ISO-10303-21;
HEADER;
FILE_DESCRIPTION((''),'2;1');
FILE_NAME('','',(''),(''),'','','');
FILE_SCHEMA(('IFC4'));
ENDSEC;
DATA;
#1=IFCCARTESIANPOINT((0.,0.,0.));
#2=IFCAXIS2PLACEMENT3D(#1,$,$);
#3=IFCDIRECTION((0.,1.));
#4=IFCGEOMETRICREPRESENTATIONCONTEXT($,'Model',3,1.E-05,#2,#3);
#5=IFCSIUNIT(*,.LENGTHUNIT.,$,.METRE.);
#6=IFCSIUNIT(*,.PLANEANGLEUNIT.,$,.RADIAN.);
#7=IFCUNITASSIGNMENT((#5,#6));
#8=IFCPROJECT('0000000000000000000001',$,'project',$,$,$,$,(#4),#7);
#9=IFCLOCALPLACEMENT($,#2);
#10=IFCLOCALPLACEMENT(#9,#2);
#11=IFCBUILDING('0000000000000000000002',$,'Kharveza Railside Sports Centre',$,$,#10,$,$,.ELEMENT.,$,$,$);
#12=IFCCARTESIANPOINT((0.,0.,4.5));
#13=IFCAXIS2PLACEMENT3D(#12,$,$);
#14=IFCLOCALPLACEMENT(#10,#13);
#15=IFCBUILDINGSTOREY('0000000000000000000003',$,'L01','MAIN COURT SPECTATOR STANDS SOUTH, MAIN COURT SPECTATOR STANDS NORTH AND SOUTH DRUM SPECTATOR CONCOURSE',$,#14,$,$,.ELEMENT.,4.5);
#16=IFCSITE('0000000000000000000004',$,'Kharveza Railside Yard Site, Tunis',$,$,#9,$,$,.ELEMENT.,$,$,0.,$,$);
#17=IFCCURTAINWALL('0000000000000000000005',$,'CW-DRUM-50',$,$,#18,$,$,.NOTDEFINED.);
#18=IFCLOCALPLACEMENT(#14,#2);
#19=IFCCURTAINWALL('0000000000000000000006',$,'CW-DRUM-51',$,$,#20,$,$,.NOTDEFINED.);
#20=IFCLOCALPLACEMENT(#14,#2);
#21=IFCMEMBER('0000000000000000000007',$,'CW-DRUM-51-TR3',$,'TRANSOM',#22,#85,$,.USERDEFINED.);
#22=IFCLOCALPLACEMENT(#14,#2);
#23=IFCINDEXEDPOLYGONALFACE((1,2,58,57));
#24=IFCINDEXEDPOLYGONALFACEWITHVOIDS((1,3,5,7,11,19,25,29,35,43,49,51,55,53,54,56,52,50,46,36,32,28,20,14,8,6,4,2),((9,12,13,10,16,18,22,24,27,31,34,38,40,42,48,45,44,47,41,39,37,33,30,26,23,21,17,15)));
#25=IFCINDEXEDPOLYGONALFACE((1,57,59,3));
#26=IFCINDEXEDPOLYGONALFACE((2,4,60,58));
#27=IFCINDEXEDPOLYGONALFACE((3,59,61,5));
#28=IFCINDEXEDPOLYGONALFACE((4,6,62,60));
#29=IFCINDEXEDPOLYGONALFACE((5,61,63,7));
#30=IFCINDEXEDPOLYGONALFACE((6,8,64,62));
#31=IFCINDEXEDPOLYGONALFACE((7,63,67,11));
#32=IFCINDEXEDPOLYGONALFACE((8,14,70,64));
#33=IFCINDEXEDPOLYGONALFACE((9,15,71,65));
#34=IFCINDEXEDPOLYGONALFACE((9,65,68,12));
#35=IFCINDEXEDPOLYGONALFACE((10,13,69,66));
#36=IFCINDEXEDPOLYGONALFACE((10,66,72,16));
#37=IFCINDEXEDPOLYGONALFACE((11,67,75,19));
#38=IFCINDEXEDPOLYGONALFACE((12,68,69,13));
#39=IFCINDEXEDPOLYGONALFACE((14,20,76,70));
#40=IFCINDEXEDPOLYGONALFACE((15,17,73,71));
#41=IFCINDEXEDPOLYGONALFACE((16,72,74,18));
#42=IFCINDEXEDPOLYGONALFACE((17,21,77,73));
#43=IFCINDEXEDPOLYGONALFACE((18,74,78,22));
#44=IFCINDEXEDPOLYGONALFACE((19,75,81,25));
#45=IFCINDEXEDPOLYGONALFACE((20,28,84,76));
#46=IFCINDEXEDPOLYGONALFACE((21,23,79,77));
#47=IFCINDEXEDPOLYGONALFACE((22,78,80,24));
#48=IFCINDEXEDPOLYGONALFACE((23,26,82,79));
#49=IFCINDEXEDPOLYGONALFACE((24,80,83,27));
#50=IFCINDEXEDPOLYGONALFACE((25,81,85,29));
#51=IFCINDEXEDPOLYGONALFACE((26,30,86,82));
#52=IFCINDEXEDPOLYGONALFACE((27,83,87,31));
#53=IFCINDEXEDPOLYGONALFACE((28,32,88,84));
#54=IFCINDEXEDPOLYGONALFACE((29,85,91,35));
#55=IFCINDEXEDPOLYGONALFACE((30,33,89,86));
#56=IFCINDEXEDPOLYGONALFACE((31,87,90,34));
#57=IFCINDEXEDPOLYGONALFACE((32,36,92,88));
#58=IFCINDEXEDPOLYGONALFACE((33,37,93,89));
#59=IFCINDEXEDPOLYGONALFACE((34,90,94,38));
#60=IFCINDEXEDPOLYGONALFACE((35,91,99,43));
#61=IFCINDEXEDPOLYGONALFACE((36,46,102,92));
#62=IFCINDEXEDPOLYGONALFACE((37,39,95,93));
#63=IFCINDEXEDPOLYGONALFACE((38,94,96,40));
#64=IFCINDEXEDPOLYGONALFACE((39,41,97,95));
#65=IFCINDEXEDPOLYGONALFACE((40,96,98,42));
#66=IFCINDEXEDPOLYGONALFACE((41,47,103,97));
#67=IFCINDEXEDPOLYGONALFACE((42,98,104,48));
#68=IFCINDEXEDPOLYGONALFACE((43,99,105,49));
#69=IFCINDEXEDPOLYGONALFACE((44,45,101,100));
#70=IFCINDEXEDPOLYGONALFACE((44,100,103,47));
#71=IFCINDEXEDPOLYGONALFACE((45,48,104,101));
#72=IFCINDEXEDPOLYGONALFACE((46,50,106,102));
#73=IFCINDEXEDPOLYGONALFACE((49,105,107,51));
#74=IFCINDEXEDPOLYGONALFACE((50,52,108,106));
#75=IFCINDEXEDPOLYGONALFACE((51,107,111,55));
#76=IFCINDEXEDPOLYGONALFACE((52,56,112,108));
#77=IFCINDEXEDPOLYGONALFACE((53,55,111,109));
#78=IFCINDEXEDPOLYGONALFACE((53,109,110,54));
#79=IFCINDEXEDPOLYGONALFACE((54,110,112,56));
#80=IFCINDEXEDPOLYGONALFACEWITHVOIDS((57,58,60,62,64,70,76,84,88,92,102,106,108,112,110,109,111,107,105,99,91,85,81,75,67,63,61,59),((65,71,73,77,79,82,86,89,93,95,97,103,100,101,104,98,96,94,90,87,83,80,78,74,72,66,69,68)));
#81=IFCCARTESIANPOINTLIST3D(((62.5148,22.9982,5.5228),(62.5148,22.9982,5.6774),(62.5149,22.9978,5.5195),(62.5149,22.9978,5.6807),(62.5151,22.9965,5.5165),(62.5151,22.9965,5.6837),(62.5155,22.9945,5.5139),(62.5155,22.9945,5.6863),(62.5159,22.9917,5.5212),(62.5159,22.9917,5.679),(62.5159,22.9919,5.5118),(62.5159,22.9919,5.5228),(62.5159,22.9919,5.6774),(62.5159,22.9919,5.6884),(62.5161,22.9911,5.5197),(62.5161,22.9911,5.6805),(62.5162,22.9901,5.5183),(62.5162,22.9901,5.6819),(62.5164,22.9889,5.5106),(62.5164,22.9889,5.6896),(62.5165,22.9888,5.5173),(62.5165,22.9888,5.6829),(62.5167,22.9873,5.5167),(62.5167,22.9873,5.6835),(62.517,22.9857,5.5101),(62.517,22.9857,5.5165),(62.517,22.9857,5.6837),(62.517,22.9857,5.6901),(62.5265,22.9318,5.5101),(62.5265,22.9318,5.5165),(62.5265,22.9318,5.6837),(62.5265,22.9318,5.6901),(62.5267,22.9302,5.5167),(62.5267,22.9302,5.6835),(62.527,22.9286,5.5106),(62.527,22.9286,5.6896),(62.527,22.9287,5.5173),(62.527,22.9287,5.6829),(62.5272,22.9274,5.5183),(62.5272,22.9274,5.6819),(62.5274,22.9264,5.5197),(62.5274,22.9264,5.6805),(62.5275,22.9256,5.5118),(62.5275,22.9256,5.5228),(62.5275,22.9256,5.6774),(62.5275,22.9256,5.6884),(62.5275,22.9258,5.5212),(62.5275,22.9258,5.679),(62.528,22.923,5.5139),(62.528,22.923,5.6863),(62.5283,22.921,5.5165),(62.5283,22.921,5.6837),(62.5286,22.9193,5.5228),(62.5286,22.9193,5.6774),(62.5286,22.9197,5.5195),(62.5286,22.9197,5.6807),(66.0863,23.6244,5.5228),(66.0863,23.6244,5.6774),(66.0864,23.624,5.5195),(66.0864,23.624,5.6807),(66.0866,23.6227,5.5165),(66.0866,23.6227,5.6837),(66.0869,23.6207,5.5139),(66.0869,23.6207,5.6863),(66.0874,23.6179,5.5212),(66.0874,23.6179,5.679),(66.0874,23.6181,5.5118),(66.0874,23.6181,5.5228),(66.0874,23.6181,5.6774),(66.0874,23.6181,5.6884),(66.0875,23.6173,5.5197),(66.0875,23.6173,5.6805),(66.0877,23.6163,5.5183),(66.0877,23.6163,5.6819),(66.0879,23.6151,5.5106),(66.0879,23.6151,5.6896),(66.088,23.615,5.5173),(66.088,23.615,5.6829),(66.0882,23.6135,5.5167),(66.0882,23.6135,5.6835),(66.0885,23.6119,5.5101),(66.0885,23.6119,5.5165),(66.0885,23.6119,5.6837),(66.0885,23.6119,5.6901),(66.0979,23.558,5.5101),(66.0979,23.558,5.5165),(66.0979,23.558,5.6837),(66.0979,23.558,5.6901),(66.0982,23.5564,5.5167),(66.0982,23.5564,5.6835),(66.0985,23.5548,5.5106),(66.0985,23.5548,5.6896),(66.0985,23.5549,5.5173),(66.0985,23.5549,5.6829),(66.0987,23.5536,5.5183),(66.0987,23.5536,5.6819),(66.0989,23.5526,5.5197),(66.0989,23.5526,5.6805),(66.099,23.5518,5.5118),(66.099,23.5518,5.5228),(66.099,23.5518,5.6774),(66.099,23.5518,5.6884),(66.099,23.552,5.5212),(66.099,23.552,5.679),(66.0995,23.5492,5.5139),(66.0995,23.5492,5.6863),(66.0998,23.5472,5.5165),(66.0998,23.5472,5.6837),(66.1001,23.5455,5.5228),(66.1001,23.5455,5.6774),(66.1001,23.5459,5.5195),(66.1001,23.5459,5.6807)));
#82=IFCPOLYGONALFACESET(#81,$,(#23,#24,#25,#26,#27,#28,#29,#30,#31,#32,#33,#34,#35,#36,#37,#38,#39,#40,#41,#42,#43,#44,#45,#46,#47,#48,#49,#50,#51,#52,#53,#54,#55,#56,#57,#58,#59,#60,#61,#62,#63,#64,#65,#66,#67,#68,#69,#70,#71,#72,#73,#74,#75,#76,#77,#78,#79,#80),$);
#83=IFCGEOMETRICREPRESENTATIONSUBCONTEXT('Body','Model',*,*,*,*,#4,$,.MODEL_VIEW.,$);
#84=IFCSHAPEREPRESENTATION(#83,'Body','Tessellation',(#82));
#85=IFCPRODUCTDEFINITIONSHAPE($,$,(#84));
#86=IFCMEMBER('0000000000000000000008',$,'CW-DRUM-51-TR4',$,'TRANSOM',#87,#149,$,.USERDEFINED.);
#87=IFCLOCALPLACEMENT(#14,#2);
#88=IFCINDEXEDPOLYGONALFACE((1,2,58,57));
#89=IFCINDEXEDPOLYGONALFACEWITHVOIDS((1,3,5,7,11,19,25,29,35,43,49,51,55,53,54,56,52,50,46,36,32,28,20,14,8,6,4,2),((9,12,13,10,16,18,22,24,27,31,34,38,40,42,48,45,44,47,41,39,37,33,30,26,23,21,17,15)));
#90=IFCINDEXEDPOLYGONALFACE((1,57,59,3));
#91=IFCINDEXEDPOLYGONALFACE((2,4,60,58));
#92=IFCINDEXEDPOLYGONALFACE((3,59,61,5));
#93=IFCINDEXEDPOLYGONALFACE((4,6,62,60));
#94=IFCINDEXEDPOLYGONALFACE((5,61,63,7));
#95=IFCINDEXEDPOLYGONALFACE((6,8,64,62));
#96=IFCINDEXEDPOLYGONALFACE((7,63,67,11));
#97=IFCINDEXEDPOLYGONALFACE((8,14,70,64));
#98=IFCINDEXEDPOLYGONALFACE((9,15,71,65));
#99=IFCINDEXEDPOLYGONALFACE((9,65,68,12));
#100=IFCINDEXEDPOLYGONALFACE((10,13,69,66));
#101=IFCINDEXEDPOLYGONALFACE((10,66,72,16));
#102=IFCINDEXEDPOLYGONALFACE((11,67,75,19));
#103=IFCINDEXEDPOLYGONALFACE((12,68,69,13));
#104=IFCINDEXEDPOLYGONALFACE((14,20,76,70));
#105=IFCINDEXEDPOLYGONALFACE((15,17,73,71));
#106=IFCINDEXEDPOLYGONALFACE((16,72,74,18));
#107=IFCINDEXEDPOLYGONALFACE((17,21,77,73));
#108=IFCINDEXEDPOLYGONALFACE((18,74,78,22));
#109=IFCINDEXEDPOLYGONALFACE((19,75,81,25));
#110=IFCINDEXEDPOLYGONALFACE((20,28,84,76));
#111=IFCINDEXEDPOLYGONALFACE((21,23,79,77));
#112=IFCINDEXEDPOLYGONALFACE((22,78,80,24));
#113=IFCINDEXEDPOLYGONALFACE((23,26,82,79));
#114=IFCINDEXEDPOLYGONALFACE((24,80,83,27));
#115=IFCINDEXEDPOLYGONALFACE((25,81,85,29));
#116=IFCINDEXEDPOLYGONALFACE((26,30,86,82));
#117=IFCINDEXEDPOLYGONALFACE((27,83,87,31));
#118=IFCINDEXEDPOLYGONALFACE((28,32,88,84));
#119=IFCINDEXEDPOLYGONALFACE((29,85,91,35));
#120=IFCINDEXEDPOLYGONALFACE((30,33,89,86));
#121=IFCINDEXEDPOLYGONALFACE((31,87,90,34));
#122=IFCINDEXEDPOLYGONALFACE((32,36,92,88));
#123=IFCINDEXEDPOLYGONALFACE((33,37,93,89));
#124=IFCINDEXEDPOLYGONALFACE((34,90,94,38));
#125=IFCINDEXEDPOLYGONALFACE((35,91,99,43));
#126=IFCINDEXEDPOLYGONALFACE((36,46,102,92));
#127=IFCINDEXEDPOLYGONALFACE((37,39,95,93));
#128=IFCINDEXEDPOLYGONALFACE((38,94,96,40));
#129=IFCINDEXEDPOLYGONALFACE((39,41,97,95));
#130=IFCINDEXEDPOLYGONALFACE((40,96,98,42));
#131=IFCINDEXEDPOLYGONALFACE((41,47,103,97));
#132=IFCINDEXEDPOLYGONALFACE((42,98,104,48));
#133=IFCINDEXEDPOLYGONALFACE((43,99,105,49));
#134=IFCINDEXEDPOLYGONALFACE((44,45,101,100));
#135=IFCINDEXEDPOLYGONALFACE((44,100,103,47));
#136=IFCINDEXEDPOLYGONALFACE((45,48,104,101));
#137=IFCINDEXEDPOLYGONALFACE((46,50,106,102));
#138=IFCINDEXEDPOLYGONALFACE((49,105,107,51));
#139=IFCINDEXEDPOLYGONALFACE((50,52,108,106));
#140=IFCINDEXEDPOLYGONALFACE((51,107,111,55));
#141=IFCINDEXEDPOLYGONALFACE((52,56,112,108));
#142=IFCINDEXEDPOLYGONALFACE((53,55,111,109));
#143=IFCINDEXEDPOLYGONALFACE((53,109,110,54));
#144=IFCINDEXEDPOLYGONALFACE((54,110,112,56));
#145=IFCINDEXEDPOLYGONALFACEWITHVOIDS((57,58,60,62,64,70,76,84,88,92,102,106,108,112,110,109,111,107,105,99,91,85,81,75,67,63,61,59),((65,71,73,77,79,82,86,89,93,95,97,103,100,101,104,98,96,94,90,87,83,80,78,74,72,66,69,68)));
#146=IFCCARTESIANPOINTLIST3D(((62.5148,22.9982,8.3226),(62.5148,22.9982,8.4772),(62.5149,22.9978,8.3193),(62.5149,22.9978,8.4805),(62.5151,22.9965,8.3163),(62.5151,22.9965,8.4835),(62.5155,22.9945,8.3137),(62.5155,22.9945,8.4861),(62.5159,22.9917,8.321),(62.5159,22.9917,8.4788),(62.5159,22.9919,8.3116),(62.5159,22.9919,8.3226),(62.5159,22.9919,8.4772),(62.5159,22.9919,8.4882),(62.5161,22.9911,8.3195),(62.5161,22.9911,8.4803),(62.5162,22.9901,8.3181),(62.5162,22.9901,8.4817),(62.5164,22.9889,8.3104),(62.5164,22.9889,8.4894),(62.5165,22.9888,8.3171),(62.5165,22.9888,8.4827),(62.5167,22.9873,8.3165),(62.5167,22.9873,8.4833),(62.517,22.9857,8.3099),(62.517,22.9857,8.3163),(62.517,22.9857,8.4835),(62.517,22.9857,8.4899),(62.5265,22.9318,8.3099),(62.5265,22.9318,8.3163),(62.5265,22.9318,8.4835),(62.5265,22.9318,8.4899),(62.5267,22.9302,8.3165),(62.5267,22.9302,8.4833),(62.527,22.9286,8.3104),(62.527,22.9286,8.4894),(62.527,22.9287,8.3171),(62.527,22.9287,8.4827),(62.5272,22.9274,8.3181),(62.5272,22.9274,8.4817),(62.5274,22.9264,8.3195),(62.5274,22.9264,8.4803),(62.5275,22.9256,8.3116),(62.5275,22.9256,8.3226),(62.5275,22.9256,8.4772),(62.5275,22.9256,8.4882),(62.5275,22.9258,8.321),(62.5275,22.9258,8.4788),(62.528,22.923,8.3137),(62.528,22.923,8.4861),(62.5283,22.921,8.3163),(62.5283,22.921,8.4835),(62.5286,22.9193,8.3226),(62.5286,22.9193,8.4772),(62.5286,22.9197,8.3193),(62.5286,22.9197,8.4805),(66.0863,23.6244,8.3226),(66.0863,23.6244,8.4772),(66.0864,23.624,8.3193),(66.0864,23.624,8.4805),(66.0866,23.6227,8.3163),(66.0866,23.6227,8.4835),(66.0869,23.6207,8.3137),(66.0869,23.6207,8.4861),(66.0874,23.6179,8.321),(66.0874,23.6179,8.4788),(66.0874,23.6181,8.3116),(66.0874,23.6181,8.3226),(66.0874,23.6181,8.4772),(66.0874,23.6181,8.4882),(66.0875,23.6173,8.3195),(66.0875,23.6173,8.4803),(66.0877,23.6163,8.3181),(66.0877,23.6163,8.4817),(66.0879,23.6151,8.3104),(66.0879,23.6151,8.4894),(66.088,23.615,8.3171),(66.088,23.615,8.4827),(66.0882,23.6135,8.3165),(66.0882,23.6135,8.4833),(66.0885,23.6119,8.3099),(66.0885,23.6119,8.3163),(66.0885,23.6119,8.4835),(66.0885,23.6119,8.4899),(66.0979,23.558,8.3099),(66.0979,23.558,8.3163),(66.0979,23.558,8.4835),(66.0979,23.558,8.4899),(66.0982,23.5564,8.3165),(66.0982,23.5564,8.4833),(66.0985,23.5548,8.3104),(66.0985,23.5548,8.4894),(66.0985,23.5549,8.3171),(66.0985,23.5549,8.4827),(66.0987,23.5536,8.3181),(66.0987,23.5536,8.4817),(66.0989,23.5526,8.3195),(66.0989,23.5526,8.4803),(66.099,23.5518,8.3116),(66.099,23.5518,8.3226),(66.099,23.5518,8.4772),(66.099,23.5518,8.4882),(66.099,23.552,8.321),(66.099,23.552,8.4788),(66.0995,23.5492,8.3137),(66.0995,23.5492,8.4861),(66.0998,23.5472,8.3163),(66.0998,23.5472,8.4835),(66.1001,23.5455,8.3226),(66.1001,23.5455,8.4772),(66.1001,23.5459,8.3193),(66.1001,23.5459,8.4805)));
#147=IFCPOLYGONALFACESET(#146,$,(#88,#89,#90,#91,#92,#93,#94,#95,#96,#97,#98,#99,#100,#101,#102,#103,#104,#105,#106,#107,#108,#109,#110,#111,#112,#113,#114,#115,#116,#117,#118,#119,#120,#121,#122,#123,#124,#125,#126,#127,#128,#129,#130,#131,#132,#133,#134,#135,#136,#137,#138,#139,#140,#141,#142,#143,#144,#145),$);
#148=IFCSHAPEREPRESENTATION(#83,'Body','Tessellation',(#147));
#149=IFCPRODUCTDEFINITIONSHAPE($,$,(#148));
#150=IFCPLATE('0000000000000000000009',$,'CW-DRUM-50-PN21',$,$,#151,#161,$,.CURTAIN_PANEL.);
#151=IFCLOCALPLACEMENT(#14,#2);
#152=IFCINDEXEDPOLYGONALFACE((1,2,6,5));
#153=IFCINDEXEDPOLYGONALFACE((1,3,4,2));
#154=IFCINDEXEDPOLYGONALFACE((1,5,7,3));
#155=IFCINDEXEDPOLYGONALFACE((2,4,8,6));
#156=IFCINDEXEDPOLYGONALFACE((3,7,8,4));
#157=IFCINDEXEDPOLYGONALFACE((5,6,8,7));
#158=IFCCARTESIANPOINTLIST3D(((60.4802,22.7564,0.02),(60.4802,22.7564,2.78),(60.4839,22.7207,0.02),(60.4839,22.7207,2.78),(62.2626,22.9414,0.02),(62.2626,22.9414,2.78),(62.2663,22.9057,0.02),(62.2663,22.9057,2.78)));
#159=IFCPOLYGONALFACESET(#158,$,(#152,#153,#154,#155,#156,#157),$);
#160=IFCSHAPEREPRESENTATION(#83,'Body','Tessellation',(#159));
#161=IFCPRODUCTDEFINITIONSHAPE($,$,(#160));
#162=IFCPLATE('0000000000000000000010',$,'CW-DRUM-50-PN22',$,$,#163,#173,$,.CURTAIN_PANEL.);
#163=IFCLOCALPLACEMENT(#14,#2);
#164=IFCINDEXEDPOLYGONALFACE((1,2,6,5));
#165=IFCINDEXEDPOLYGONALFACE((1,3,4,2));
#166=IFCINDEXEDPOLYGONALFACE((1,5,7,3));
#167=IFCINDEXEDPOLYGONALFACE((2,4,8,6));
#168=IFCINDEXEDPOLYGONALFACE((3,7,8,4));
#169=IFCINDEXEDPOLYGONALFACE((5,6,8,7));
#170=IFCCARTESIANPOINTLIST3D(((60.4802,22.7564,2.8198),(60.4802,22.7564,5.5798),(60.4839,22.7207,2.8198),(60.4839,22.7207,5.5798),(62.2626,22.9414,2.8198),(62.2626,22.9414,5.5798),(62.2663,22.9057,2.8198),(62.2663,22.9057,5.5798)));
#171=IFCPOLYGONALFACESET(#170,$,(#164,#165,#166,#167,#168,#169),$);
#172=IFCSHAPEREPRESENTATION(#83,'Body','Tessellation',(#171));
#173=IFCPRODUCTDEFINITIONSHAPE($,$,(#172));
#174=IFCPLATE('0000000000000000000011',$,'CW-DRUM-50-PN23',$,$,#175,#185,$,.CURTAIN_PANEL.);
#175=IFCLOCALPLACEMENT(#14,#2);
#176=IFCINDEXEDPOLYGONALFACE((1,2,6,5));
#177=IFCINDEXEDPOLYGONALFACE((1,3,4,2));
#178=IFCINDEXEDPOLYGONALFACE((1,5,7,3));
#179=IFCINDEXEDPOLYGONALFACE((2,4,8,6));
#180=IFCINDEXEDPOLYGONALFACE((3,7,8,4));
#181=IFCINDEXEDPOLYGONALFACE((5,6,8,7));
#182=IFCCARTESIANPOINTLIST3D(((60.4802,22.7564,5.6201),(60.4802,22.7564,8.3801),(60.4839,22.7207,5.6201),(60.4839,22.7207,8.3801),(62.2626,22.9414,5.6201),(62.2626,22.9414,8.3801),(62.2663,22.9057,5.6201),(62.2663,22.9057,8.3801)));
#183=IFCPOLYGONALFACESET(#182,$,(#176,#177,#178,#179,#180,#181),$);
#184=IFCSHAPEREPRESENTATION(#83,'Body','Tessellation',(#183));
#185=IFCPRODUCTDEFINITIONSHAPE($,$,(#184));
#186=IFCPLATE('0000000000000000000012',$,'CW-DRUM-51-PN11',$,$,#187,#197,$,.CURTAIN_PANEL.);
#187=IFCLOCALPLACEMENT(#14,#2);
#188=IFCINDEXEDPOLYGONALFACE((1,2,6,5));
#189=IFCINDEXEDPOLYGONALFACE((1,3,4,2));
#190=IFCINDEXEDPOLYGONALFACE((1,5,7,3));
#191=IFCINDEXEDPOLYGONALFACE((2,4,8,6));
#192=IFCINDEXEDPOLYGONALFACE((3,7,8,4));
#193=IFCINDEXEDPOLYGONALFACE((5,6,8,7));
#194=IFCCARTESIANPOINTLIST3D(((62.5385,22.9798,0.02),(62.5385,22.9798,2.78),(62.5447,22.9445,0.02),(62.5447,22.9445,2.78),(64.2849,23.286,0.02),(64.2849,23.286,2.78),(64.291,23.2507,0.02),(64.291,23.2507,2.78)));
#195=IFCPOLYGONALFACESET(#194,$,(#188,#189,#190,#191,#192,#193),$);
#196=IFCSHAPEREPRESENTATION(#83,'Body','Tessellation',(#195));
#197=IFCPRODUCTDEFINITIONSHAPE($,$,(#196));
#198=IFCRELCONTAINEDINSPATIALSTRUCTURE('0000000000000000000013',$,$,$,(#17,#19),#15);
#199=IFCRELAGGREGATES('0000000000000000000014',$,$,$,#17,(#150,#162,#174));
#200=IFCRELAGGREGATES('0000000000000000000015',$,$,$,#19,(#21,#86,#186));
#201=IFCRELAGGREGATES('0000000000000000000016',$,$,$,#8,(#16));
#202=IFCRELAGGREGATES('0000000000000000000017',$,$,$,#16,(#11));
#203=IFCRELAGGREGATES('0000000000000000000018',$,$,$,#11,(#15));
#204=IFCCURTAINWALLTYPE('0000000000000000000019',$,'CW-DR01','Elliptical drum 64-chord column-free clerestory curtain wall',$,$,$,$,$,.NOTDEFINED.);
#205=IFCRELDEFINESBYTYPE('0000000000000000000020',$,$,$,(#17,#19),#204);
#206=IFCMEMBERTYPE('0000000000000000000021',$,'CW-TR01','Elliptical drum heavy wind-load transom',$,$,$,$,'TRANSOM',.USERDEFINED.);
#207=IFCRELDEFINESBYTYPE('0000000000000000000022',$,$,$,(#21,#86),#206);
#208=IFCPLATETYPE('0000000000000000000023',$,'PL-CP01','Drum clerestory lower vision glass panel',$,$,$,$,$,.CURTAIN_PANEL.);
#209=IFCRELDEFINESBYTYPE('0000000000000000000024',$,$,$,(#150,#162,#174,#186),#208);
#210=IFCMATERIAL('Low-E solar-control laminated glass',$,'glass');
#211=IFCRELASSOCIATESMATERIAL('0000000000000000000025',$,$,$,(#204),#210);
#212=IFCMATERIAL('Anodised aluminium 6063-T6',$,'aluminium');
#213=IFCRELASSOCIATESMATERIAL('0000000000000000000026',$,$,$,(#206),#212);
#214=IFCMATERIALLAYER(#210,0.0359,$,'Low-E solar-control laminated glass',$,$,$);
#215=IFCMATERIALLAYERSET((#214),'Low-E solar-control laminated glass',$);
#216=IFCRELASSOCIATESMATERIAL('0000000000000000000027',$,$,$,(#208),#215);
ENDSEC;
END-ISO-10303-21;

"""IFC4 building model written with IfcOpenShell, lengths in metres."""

from ifc_helpers import new_model, si_unit, direction, frame, origin, origin_2d, place, context, subcontext, project, spatial, rectangle, hollow_rectangle, extrude, material, layer, layer_set, material_profile, profile_set, type_object, element, aggregate, save


model = new_model("IFC4")

# Units and contexts
model_context = context("Model", 3, precision=1e-05, world=origin(), true_north=direction((0.0, 1.0)))
body_context = subcontext(model_context, "Body", "Model", "MODEL_VIEW")
ifc_project = project(units=[si_unit("LENGTHUNIT", "METRE"), si_unit("PLANEANGLEUNIT", "RADIAN")], contexts=[model_context])

# Site, building, storey
site_placement = place(None, origin())
site = spatial("IfcSite", under=ifc_project, at=site_placement, Name="Kharveza Railside Yard Site, Tunis", CompositionType="ELEMENT", RefElevation=0.0)
building_placement = place(site_placement, origin())
building = spatial("IfcBuilding", under=site, at=building_placement, Name="Kharveza Railside Sports Centre", CompositionType="ELEMENT")
storey_placement = place(building_placement, frame((0.0, 0.0, 4.5)))
storey = spatial("IfcBuildingStorey", under=building, at=storey_placement, Name="L01", Description="MAIN COURT SPECTATOR STANDS SOUTH, MAIN COURT SPECTATOR STANDS NORTH AND SOUTH DRUM SPECTATOR CONCOURSE", CompositionType="ELEMENT", Elevation=4.5)

# Curtain wall
ifc_material_1 = material(Name="Low-E solar-control laminated glass", Category="glass")
curtain_wall_type = type_object("IfcCurtainWallType", Name="CW-DR01", Description="Elliptical drum 64-chord column-free clerestory curtain wall", PredefinedType="NOTDEFINED", material=ifc_material_1)
curtain_wall_1_placement = place(storey_placement, origin())
curtain_wall_1 = element("IfcCurtainWall", 1, at=curtain_wall_1_placement, inside=storey, type_object=curtain_wall_type, Name="CW-DRUM-50", PredefinedType="NOTDEFINED")
ifc_material_2 = material(Name="Anodised aluminium 6063-T6", Category="aluminium")

# Curtain wall, members
curtain_wall_2_placement = place(storey_placement, origin())
curtain_wall_2 = element("IfcCurtainWall", 2, at=curtain_wall_2_placement, inside=storey, type_object=curtain_wall_type, Name="CW-DRUM-51", PredefinedType="NOTDEFINED")
ifc_material_profile_1 = material_profile(ifc_material_2, hollow_rectangle(XDim=0.0801, YDim=0.1799, WallThickness=0.0063, InnerFilletRadius=0.0063, OuterFilletRadius=0.0127, at=origin_2d()), Name="RHS 80x180x6.3")
ifc_profile_set_1 = profile_set([ifc_material_profile_1], Name="Anodised aluminium 6063-T6")
member_type_1 = type_object("IfcMemberType", Name="CW-TR01", Description="Elliptical drum heavy wind-load transom", ElementType="TRANSOM", PredefinedType="USERDEFINED", material=ifc_profile_set_1)
member_1_placement = place(storey_placement, frame((62.5217, 22.9587, 5.6001), z_axis=(0.984974, 0.172702, 0.0), x_axis=(-0.172702, 0.984974, 0.0)))
member_1 = element("IfcMember", 3, at=member_1_placement, type_object=member_type_1, Name="CW-DRUM-51-TR3", ObjectType="TRANSOM", PredefinedType="USERDEFINED", context=body_context, shape_type="SweptSolid", body=[
    extrude(hollow_rectangle(XDim=0.0801, YDim=0.1799, WallThickness=0.0063, InnerFilletRadius=0.0063, OuterFilletRadius=0.0127, at=origin_2d()), origin(), (0.0, 0.0, 1.0), 3.626),
])
member_2_placement = place(storey_placement, frame((62.5217, 22.9587, 8.3999), z_axis=(0.984974, 0.172702, 0.0), x_axis=(-0.172702, 0.984974, 0.0)))
member_2 = element("IfcMember", 4, at=member_2_placement, type_object=member_type_1, Name="CW-DRUM-51-TR4", ObjectType="TRANSOM", PredefinedType="USERDEFINED", context=body_context, shape_type="SweptSolid", body=[
    extrude(hollow_rectangle(XDim=0.0801, YDim=0.1799, WallThickness=0.0063, InnerFilletRadius=0.0063, OuterFilletRadius=0.0127, at=origin_2d()), origin(), (0.0, 0.0, 1.0), 3.626),
])

# Plates
ifc_layer_1 = layer(ifc_material_1, 0.0359, Name="Low-E solar-control laminated glass")
ifc_layer_set_1 = layer_set([ifc_layer_1], Name="Low-E solar-control laminated glass")
plate_type = type_object("IfcPlateType", Name="PL-CP01", Description="Drum clerestory lower vision glass panel", PredefinedType="CURTAIN_PANEL", material=ifc_layer_set_1)
plate_1_placement = place(storey_placement, frame((61.3733, 22.8311, 0.02), z_axis=(0.0, 0.0, 1.0), x_axis=(0.994652, 0.103279, 0.0)))
plate_1 = element("IfcPlate", 5, at=plate_1_placement, type_object=plate_type, Name="CW-DRUM-50-PN21", PredefinedType="CURTAIN_PANEL", context=body_context, shape_type="SweptSolid", body=[
    extrude(rectangle(XDim=1.792, YDim=0.0359, at=origin_2d()), origin(), (0.0, 0.0, 1.0), 2.76),
])
plate_2_placement = place(storey_placement, frame((61.3733, 22.8311, 2.8198), z_axis=(0.0, 0.0, 1.0), x_axis=(0.994652, 0.103279, 0.0)))
plate_2 = element("IfcPlate", 6, at=plate_2_placement, type_object=plate_type, Name="CW-DRUM-50-PN22", PredefinedType="CURTAIN_PANEL", context=body_context, shape_type="SweptSolid", body=[
    extrude(rectangle(XDim=1.792, YDim=0.0359, at=origin_2d()), origin(), (0.0, 0.0, 1.0), 2.76),
])
plate_3_placement = place(storey_placement, frame((61.3733, 22.8311, 5.6201), z_axis=(0.0, 0.0, 1.0), x_axis=(0.994652, 0.103279, 0.0)))
plate_3 = element("IfcPlate", 7, at=plate_3_placement, type_object=plate_type, Name="CW-DRUM-50-PN23", PredefinedType="CURTAIN_PANEL", context=body_context, shape_type="SweptSolid", body=[
    extrude(rectangle(XDim=1.792, YDim=0.0359, at=origin_2d()), origin(), (0.0, 0.0, 1.0), 2.76),
])
aggregate(curtain_wall_1, [plate_1, plate_2, plate_3])
plate_4_placement = place(storey_placement, frame((63.4148, 23.1152, 0.02), z_axis=(0.0, 0.0, 1.0), x_axis=(0.984974, 0.172703, 0.0)))
plate_4 = element("IfcPlate", 8, at=plate_4_placement, type_object=plate_type, Name="CW-DRUM-51-PN11", PredefinedType="CURTAIN_PANEL", context=body_context, shape_type="SweptSolid", body=[
    extrude(rectangle(XDim=1.7729, YDim=0.0359, at=origin_2d()), origin(), (0.0, 0.0, 1.0), 2.76),
])
aggregate(curtain_wall_2, [member_1, member_2, plate_4])

save(model, "model.ifc")
